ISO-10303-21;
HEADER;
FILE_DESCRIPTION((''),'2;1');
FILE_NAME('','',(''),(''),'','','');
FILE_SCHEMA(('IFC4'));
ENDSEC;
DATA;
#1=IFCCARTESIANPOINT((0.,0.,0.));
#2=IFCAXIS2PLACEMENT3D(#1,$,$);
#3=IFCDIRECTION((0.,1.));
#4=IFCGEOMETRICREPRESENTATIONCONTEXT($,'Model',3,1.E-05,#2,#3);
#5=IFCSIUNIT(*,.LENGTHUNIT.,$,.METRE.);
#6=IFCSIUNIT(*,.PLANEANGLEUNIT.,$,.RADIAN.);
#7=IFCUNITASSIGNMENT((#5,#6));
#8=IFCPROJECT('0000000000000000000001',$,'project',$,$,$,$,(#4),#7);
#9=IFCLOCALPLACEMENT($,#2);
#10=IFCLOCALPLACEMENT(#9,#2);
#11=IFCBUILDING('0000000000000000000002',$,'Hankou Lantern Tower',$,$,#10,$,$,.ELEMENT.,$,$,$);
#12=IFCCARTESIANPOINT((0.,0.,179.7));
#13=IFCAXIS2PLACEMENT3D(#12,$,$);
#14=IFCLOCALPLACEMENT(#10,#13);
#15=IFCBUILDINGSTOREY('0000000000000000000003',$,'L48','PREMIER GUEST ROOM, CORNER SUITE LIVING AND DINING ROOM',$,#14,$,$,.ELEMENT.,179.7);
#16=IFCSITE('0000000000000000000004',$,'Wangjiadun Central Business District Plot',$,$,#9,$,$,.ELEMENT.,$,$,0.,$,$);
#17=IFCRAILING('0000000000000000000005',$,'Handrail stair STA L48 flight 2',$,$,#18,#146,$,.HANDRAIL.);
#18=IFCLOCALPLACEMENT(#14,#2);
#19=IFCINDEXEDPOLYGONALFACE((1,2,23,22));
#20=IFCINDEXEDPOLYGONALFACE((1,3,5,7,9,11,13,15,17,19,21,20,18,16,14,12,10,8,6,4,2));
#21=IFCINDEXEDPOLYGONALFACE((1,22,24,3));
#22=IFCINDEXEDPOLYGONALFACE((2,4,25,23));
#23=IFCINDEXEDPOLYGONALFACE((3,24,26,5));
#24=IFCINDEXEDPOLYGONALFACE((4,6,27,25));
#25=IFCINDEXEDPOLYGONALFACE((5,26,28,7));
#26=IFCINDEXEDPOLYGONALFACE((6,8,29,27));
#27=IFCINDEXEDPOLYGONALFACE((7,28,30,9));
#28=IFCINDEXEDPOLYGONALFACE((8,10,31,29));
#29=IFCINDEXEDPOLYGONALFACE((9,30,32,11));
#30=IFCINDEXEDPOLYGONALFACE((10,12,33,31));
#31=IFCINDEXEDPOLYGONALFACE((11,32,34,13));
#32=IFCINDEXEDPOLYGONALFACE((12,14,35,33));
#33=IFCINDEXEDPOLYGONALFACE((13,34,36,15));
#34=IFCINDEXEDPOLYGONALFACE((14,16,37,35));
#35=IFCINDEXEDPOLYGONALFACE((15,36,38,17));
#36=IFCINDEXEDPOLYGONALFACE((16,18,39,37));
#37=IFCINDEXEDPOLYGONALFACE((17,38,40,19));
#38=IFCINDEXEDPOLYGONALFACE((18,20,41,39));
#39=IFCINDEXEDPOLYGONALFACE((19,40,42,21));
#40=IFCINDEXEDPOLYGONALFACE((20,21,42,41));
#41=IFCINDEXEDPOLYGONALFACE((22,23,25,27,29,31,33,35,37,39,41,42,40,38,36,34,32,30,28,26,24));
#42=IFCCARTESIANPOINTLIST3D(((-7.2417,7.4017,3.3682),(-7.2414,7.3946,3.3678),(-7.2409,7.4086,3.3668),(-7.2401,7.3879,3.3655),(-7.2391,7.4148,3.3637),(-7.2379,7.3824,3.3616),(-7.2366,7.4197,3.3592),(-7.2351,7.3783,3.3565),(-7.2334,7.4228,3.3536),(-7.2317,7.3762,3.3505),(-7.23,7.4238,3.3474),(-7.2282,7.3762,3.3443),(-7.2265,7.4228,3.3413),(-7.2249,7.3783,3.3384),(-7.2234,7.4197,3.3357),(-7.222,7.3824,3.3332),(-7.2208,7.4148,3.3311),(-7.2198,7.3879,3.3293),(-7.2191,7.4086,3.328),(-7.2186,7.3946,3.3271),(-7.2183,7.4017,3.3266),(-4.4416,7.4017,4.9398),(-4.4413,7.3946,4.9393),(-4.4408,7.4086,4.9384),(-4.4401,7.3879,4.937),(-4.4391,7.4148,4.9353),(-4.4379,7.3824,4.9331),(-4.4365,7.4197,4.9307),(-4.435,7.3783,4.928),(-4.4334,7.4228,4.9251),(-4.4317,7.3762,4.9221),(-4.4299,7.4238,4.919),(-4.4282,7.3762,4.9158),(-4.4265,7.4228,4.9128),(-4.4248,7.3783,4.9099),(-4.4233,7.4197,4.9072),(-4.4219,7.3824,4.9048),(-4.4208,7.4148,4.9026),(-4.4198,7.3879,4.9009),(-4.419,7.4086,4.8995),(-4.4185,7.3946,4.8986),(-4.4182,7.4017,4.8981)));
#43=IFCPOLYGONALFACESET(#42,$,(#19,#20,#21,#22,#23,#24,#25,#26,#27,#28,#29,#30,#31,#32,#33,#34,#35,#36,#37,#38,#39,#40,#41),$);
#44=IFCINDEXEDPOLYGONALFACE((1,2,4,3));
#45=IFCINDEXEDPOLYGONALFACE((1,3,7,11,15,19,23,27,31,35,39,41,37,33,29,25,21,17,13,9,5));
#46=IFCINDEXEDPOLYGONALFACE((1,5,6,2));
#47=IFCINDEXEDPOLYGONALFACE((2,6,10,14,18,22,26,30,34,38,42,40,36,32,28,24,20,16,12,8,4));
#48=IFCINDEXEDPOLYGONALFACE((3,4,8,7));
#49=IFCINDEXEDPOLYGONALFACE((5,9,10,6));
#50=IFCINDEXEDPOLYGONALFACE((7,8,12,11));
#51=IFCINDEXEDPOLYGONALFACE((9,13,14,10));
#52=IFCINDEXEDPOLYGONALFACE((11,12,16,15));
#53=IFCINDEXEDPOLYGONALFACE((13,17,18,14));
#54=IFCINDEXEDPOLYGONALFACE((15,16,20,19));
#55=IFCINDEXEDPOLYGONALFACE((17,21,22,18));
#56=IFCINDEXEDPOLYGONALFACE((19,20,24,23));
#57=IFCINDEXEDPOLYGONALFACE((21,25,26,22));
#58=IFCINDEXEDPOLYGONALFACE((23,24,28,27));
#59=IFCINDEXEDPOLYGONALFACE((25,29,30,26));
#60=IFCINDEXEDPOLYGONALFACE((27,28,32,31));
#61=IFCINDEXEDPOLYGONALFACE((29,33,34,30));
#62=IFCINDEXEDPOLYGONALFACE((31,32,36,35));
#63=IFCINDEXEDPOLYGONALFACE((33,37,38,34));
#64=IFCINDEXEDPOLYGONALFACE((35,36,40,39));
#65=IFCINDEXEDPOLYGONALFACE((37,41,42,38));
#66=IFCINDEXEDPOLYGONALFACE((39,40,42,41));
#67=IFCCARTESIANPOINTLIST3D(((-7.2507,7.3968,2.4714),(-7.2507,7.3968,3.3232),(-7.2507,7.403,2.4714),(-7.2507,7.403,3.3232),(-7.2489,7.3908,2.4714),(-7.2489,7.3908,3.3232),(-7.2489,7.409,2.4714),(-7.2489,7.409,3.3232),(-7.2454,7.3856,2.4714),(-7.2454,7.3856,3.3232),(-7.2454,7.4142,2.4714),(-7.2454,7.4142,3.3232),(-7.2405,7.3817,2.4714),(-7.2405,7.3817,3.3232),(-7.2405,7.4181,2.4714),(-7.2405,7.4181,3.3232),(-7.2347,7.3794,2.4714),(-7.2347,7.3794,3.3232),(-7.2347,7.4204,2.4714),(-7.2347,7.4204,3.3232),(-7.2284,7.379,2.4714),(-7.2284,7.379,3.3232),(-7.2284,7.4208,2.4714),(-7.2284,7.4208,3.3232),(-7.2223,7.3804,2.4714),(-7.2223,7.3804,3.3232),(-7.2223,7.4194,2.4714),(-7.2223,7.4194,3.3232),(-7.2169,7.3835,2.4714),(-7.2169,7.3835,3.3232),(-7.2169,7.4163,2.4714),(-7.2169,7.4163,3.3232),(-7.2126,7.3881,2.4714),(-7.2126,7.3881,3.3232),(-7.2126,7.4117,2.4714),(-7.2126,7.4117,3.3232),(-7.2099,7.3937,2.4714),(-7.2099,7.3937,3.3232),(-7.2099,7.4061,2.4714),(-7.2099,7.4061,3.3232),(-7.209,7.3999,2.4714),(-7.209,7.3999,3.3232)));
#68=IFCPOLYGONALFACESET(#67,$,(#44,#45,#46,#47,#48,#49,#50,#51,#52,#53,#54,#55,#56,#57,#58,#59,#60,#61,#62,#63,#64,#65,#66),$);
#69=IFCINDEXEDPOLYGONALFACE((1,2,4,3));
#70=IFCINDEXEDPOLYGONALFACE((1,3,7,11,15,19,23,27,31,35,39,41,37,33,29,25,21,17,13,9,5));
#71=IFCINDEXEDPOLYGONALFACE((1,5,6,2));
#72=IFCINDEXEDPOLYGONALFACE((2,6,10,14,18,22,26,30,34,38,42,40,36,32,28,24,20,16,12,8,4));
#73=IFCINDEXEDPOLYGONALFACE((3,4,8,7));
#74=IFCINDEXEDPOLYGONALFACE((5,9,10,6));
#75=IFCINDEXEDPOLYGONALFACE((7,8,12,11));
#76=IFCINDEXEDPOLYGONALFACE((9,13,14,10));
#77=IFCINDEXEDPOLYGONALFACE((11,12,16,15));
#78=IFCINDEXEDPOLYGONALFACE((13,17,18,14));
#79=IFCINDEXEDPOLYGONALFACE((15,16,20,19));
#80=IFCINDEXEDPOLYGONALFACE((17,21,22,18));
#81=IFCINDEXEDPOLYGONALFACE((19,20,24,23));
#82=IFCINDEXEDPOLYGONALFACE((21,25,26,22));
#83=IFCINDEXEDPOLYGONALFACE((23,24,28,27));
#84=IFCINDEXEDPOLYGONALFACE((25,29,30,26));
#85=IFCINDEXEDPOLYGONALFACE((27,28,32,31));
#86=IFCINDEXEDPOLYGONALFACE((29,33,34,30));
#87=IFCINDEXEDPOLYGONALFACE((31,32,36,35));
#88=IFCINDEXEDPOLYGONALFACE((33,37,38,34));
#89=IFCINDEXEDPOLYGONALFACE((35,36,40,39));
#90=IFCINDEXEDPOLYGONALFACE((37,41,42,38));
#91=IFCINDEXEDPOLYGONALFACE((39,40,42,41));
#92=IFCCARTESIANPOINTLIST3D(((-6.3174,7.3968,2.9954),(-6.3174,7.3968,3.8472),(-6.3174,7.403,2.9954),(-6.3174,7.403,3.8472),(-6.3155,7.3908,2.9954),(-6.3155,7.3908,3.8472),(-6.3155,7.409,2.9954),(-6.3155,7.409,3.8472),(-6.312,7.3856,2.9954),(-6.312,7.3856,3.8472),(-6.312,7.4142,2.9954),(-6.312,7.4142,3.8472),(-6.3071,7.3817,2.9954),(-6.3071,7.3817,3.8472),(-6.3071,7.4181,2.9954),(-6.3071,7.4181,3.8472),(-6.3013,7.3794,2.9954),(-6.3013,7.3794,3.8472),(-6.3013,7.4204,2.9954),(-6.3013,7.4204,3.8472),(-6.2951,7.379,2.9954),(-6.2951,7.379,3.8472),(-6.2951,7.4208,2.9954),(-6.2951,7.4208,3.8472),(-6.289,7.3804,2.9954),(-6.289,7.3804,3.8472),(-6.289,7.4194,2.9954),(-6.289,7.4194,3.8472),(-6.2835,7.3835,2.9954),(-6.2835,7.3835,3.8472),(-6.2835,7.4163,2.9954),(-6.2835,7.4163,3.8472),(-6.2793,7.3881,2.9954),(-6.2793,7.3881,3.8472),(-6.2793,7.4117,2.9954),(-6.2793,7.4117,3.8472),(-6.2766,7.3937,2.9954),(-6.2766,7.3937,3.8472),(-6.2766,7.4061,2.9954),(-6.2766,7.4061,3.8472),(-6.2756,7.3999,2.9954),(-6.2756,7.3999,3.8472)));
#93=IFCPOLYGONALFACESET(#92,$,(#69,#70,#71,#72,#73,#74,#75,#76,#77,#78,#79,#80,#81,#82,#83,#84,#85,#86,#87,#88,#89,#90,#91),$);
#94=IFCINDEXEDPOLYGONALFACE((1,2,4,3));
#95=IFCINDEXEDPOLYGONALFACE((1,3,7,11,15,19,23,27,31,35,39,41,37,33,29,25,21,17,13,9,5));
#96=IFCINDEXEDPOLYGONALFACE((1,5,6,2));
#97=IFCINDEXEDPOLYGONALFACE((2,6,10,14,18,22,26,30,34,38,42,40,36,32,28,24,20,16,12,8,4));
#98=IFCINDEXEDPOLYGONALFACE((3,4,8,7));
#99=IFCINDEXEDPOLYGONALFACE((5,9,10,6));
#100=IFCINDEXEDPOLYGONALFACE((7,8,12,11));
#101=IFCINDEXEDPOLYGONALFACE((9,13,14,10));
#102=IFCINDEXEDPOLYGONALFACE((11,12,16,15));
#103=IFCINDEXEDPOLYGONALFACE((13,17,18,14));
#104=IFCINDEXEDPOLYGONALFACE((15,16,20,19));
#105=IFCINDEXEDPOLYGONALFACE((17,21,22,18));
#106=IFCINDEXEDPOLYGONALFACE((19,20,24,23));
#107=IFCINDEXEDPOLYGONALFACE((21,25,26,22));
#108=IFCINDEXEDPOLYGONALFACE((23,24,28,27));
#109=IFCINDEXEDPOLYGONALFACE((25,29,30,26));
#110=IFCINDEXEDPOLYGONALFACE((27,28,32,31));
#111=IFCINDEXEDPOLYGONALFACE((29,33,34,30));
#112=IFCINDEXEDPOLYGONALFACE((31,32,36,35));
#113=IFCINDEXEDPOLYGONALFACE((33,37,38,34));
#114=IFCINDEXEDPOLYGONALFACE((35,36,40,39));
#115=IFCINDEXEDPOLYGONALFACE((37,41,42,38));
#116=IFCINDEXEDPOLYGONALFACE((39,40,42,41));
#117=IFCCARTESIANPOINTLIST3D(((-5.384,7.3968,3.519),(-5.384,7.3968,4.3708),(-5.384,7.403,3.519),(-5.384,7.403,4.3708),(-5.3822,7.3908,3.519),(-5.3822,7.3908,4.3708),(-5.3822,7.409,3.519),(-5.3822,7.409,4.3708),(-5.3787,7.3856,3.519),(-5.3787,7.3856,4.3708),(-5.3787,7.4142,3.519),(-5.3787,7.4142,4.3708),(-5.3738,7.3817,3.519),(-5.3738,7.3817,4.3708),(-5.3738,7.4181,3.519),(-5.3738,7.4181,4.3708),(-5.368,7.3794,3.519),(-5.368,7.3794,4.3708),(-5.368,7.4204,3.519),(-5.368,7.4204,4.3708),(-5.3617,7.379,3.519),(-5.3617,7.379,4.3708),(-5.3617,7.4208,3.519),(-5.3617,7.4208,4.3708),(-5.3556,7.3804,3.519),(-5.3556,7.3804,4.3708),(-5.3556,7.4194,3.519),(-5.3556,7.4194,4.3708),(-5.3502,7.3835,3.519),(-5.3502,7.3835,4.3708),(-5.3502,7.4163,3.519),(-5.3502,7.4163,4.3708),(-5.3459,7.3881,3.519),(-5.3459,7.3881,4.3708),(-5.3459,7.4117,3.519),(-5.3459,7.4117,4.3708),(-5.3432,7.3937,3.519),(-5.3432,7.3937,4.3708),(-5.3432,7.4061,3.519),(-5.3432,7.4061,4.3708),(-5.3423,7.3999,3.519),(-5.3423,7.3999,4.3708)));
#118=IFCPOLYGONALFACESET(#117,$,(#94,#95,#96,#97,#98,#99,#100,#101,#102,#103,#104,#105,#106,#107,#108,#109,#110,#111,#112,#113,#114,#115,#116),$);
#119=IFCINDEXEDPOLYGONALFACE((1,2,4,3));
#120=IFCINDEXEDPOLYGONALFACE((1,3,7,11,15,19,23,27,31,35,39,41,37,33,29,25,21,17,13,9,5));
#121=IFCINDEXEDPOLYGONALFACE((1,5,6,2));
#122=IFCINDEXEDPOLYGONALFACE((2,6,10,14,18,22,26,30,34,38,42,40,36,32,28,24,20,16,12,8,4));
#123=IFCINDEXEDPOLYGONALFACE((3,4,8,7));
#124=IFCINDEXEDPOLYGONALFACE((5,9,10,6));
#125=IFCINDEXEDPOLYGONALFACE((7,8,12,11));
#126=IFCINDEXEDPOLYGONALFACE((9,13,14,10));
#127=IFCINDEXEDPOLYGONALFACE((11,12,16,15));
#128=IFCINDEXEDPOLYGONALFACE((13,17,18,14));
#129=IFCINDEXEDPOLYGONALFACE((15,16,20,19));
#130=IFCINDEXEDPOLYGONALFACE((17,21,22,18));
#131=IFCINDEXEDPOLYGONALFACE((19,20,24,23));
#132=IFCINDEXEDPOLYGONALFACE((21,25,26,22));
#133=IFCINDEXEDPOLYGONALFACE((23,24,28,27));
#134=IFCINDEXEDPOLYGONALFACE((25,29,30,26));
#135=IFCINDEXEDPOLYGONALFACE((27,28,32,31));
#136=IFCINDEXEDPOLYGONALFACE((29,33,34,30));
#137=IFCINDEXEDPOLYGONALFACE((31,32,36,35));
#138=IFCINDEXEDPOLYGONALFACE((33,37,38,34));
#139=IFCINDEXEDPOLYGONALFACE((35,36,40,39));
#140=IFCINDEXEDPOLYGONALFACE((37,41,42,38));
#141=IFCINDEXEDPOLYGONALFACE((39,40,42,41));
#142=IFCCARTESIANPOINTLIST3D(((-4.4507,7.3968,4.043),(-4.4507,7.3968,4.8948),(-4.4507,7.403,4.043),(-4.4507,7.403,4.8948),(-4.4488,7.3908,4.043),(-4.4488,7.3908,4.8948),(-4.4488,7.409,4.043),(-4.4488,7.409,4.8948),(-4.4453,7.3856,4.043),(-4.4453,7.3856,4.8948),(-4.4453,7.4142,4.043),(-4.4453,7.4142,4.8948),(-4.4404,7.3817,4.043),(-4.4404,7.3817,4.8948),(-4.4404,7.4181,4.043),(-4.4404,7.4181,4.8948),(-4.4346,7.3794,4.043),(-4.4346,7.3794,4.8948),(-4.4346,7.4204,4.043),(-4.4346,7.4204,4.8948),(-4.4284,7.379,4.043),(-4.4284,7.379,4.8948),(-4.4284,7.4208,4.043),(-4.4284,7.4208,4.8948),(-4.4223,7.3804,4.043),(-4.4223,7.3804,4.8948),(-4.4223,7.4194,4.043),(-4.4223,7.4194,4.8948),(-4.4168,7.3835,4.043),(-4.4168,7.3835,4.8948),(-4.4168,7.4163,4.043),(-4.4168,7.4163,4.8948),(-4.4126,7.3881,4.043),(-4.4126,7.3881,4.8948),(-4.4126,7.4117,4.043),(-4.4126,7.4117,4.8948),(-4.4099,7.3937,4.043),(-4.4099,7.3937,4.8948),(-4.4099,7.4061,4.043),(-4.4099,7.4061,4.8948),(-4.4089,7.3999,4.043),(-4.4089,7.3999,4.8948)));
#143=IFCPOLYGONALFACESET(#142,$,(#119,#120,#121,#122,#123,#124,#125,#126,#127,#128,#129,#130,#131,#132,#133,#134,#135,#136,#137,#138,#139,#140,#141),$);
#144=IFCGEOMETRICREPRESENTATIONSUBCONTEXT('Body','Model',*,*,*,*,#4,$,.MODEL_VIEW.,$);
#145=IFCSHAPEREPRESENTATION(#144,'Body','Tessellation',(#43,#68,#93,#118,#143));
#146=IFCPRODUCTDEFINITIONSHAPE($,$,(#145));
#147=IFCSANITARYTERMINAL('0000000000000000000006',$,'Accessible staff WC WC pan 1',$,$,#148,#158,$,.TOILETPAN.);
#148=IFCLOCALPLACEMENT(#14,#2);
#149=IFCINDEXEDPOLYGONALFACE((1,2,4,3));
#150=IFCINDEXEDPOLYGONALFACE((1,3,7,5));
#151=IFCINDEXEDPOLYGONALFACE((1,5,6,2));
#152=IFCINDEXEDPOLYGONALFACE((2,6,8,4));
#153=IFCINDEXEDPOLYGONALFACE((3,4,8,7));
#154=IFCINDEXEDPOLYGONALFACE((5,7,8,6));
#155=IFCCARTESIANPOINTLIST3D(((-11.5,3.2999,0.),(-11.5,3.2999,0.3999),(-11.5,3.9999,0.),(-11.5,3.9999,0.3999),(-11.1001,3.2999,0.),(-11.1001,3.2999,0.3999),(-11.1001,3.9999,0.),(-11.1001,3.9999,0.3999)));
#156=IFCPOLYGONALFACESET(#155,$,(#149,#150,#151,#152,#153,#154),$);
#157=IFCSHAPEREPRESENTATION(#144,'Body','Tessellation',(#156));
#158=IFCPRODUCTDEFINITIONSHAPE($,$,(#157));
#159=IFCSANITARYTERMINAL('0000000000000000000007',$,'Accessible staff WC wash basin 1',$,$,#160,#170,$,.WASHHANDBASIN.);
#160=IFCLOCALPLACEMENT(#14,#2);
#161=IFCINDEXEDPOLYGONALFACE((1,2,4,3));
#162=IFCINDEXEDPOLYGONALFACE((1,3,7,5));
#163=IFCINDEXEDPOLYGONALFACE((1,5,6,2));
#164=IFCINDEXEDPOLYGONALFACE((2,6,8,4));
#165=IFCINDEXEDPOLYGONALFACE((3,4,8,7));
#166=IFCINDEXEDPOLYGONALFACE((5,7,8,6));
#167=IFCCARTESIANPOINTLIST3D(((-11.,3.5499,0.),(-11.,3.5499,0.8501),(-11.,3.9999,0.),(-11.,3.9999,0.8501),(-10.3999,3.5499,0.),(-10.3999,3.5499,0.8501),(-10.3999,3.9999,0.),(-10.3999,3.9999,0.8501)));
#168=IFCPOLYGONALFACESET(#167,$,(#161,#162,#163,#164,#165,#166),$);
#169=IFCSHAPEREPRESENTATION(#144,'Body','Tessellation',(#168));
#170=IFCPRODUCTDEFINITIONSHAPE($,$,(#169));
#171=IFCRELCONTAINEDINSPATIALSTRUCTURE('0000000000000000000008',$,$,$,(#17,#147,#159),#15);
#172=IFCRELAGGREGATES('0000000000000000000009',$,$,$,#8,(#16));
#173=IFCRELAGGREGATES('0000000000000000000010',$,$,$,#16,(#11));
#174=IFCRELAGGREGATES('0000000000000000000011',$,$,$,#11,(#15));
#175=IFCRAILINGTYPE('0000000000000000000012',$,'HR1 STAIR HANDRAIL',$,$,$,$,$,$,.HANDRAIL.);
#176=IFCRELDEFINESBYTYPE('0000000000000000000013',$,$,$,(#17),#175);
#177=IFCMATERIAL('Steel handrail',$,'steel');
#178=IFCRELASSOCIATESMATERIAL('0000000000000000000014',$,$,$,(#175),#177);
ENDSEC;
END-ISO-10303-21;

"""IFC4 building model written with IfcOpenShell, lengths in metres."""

from ifc_helpers import new_model, si_unit, direction, frame, origin, origin_2d, place, context, subcontext, project, spatial, rectangle, circle, extrude, material, type_object, element, save


model = new_model("IFC4")

# Units and contexts
model_context = context("Model", 3, precision=1e-05, world=origin(), true_north=direction((0.0, 1.0)))
body_context = subcontext(model_context, "Body", "Model", "MODEL_VIEW")
ifc_project = project(units=[si_unit("LENGTHUNIT", "METRE"), si_unit("PLANEANGLEUNIT", "RADIAN")], contexts=[model_context])

# Site, building, storey
site_placement = place(None, origin())
site = spatial("IfcSite", under=ifc_project, at=site_placement, Name="Wangjiadun Central Business District Plot", CompositionType="ELEMENT", RefElevation=0.0)
building_placement = place(site_placement, origin())
building = spatial("IfcBuilding", under=site, at=building_placement, Name="Hankou Lantern Tower", CompositionType="ELEMENT")
storey_placement = place(building_placement, frame((0.0, 0.0, 179.7)))
storey = spatial("IfcBuildingStorey", under=building, at=storey_placement, Name="L48", Description="PREMIER GUEST ROOM, CORNER SUITE LIVING AND DINING ROOM", CompositionType="ELEMENT", Elevation=179.7)

# Railing
ifc_material_1 = material(Name="Steel handrail", Category="steel")
railing_type = type_object("IfcRailingType", Name="HR1 STAIR HANDRAIL", PredefinedType="HANDRAIL", material=ifc_material_1)
railing_1_placement = place(storey_placement, frame((-7.23, 7.3999, 2.4714)))
element("IfcRailing", 1, at=railing_1_placement, inside=storey, type_object=railing_type, Name="Handrail stair STA L48 flight 2", PredefinedType="HANDRAIL", context=body_context, shape_type="SweptSolid", body=[
    extrude(circle(Radius=0.0239, at=origin_2d()), frame((0.0, 0.0, 0.876), z_axis=(0.87204, 0.0, 0.489434), x_axis=(0.0, 1.0, 0.0)), (0.0, 0.0, 1.0), 3.2109),
    extrude(circle(Radius=0.021, at=origin_2d()), origin(), (0.0, 0.0, 1.0), 0.8518),
    extrude(circle(Radius=0.021, at=origin_2d()), frame((0.9333, 0.0, 0.5239)), (0.0, 0.0, 1.0), 0.8518),
    extrude(circle(Radius=0.021, at=origin_2d()), frame((1.8667, 0.0, 1.0476)), (0.0, 0.0, 1.0), 0.8518),
    extrude(circle(Radius=0.021, at=origin_2d()), frame((2.8, 0.0, 1.5715)), (0.0, 0.0, 1.0), 0.8518),
])

# Sanitary terminals
sanitary_terminal_1_placement = place(storey_placement, frame((-11.3, 3.6499, 0.0), z_axis=(0.0, 0.0, 1.0), x_axis=(1.0, 0.0, 0.0)))
element("IfcSanitaryTerminal", 2, at=sanitary_terminal_1_placement, inside=storey, Name="Accessible staff WC WC pan 1", PredefinedType="TOILETPAN", context=body_context, shape_type="SweptSolid", body=[
    extrude(rectangle(XDim=0.3999, YDim=0.7, at=origin_2d()), origin(), (0.0, 0.0, 1.0), 0.3999),
])
sanitary_terminal_2_placement = place(storey_placement, frame((-10.7, 3.7749, 0.0), z_axis=(0.0, 0.0, 1.0), x_axis=(1.0, 0.0, 0.0)))
element("IfcSanitaryTerminal", 3, at=sanitary_terminal_2_placement, inside=storey, Name="Accessible staff WC wash basin 1", PredefinedType="WASHHANDBASIN", context=body_context, shape_type="SweptSolid", body=[
    extrude(rectangle(XDim=0.6001, YDim=0.45, at=origin_2d()), origin(), (0.0, 0.0, 1.0), 0.8501),
])

save(model, "model.ifc")
